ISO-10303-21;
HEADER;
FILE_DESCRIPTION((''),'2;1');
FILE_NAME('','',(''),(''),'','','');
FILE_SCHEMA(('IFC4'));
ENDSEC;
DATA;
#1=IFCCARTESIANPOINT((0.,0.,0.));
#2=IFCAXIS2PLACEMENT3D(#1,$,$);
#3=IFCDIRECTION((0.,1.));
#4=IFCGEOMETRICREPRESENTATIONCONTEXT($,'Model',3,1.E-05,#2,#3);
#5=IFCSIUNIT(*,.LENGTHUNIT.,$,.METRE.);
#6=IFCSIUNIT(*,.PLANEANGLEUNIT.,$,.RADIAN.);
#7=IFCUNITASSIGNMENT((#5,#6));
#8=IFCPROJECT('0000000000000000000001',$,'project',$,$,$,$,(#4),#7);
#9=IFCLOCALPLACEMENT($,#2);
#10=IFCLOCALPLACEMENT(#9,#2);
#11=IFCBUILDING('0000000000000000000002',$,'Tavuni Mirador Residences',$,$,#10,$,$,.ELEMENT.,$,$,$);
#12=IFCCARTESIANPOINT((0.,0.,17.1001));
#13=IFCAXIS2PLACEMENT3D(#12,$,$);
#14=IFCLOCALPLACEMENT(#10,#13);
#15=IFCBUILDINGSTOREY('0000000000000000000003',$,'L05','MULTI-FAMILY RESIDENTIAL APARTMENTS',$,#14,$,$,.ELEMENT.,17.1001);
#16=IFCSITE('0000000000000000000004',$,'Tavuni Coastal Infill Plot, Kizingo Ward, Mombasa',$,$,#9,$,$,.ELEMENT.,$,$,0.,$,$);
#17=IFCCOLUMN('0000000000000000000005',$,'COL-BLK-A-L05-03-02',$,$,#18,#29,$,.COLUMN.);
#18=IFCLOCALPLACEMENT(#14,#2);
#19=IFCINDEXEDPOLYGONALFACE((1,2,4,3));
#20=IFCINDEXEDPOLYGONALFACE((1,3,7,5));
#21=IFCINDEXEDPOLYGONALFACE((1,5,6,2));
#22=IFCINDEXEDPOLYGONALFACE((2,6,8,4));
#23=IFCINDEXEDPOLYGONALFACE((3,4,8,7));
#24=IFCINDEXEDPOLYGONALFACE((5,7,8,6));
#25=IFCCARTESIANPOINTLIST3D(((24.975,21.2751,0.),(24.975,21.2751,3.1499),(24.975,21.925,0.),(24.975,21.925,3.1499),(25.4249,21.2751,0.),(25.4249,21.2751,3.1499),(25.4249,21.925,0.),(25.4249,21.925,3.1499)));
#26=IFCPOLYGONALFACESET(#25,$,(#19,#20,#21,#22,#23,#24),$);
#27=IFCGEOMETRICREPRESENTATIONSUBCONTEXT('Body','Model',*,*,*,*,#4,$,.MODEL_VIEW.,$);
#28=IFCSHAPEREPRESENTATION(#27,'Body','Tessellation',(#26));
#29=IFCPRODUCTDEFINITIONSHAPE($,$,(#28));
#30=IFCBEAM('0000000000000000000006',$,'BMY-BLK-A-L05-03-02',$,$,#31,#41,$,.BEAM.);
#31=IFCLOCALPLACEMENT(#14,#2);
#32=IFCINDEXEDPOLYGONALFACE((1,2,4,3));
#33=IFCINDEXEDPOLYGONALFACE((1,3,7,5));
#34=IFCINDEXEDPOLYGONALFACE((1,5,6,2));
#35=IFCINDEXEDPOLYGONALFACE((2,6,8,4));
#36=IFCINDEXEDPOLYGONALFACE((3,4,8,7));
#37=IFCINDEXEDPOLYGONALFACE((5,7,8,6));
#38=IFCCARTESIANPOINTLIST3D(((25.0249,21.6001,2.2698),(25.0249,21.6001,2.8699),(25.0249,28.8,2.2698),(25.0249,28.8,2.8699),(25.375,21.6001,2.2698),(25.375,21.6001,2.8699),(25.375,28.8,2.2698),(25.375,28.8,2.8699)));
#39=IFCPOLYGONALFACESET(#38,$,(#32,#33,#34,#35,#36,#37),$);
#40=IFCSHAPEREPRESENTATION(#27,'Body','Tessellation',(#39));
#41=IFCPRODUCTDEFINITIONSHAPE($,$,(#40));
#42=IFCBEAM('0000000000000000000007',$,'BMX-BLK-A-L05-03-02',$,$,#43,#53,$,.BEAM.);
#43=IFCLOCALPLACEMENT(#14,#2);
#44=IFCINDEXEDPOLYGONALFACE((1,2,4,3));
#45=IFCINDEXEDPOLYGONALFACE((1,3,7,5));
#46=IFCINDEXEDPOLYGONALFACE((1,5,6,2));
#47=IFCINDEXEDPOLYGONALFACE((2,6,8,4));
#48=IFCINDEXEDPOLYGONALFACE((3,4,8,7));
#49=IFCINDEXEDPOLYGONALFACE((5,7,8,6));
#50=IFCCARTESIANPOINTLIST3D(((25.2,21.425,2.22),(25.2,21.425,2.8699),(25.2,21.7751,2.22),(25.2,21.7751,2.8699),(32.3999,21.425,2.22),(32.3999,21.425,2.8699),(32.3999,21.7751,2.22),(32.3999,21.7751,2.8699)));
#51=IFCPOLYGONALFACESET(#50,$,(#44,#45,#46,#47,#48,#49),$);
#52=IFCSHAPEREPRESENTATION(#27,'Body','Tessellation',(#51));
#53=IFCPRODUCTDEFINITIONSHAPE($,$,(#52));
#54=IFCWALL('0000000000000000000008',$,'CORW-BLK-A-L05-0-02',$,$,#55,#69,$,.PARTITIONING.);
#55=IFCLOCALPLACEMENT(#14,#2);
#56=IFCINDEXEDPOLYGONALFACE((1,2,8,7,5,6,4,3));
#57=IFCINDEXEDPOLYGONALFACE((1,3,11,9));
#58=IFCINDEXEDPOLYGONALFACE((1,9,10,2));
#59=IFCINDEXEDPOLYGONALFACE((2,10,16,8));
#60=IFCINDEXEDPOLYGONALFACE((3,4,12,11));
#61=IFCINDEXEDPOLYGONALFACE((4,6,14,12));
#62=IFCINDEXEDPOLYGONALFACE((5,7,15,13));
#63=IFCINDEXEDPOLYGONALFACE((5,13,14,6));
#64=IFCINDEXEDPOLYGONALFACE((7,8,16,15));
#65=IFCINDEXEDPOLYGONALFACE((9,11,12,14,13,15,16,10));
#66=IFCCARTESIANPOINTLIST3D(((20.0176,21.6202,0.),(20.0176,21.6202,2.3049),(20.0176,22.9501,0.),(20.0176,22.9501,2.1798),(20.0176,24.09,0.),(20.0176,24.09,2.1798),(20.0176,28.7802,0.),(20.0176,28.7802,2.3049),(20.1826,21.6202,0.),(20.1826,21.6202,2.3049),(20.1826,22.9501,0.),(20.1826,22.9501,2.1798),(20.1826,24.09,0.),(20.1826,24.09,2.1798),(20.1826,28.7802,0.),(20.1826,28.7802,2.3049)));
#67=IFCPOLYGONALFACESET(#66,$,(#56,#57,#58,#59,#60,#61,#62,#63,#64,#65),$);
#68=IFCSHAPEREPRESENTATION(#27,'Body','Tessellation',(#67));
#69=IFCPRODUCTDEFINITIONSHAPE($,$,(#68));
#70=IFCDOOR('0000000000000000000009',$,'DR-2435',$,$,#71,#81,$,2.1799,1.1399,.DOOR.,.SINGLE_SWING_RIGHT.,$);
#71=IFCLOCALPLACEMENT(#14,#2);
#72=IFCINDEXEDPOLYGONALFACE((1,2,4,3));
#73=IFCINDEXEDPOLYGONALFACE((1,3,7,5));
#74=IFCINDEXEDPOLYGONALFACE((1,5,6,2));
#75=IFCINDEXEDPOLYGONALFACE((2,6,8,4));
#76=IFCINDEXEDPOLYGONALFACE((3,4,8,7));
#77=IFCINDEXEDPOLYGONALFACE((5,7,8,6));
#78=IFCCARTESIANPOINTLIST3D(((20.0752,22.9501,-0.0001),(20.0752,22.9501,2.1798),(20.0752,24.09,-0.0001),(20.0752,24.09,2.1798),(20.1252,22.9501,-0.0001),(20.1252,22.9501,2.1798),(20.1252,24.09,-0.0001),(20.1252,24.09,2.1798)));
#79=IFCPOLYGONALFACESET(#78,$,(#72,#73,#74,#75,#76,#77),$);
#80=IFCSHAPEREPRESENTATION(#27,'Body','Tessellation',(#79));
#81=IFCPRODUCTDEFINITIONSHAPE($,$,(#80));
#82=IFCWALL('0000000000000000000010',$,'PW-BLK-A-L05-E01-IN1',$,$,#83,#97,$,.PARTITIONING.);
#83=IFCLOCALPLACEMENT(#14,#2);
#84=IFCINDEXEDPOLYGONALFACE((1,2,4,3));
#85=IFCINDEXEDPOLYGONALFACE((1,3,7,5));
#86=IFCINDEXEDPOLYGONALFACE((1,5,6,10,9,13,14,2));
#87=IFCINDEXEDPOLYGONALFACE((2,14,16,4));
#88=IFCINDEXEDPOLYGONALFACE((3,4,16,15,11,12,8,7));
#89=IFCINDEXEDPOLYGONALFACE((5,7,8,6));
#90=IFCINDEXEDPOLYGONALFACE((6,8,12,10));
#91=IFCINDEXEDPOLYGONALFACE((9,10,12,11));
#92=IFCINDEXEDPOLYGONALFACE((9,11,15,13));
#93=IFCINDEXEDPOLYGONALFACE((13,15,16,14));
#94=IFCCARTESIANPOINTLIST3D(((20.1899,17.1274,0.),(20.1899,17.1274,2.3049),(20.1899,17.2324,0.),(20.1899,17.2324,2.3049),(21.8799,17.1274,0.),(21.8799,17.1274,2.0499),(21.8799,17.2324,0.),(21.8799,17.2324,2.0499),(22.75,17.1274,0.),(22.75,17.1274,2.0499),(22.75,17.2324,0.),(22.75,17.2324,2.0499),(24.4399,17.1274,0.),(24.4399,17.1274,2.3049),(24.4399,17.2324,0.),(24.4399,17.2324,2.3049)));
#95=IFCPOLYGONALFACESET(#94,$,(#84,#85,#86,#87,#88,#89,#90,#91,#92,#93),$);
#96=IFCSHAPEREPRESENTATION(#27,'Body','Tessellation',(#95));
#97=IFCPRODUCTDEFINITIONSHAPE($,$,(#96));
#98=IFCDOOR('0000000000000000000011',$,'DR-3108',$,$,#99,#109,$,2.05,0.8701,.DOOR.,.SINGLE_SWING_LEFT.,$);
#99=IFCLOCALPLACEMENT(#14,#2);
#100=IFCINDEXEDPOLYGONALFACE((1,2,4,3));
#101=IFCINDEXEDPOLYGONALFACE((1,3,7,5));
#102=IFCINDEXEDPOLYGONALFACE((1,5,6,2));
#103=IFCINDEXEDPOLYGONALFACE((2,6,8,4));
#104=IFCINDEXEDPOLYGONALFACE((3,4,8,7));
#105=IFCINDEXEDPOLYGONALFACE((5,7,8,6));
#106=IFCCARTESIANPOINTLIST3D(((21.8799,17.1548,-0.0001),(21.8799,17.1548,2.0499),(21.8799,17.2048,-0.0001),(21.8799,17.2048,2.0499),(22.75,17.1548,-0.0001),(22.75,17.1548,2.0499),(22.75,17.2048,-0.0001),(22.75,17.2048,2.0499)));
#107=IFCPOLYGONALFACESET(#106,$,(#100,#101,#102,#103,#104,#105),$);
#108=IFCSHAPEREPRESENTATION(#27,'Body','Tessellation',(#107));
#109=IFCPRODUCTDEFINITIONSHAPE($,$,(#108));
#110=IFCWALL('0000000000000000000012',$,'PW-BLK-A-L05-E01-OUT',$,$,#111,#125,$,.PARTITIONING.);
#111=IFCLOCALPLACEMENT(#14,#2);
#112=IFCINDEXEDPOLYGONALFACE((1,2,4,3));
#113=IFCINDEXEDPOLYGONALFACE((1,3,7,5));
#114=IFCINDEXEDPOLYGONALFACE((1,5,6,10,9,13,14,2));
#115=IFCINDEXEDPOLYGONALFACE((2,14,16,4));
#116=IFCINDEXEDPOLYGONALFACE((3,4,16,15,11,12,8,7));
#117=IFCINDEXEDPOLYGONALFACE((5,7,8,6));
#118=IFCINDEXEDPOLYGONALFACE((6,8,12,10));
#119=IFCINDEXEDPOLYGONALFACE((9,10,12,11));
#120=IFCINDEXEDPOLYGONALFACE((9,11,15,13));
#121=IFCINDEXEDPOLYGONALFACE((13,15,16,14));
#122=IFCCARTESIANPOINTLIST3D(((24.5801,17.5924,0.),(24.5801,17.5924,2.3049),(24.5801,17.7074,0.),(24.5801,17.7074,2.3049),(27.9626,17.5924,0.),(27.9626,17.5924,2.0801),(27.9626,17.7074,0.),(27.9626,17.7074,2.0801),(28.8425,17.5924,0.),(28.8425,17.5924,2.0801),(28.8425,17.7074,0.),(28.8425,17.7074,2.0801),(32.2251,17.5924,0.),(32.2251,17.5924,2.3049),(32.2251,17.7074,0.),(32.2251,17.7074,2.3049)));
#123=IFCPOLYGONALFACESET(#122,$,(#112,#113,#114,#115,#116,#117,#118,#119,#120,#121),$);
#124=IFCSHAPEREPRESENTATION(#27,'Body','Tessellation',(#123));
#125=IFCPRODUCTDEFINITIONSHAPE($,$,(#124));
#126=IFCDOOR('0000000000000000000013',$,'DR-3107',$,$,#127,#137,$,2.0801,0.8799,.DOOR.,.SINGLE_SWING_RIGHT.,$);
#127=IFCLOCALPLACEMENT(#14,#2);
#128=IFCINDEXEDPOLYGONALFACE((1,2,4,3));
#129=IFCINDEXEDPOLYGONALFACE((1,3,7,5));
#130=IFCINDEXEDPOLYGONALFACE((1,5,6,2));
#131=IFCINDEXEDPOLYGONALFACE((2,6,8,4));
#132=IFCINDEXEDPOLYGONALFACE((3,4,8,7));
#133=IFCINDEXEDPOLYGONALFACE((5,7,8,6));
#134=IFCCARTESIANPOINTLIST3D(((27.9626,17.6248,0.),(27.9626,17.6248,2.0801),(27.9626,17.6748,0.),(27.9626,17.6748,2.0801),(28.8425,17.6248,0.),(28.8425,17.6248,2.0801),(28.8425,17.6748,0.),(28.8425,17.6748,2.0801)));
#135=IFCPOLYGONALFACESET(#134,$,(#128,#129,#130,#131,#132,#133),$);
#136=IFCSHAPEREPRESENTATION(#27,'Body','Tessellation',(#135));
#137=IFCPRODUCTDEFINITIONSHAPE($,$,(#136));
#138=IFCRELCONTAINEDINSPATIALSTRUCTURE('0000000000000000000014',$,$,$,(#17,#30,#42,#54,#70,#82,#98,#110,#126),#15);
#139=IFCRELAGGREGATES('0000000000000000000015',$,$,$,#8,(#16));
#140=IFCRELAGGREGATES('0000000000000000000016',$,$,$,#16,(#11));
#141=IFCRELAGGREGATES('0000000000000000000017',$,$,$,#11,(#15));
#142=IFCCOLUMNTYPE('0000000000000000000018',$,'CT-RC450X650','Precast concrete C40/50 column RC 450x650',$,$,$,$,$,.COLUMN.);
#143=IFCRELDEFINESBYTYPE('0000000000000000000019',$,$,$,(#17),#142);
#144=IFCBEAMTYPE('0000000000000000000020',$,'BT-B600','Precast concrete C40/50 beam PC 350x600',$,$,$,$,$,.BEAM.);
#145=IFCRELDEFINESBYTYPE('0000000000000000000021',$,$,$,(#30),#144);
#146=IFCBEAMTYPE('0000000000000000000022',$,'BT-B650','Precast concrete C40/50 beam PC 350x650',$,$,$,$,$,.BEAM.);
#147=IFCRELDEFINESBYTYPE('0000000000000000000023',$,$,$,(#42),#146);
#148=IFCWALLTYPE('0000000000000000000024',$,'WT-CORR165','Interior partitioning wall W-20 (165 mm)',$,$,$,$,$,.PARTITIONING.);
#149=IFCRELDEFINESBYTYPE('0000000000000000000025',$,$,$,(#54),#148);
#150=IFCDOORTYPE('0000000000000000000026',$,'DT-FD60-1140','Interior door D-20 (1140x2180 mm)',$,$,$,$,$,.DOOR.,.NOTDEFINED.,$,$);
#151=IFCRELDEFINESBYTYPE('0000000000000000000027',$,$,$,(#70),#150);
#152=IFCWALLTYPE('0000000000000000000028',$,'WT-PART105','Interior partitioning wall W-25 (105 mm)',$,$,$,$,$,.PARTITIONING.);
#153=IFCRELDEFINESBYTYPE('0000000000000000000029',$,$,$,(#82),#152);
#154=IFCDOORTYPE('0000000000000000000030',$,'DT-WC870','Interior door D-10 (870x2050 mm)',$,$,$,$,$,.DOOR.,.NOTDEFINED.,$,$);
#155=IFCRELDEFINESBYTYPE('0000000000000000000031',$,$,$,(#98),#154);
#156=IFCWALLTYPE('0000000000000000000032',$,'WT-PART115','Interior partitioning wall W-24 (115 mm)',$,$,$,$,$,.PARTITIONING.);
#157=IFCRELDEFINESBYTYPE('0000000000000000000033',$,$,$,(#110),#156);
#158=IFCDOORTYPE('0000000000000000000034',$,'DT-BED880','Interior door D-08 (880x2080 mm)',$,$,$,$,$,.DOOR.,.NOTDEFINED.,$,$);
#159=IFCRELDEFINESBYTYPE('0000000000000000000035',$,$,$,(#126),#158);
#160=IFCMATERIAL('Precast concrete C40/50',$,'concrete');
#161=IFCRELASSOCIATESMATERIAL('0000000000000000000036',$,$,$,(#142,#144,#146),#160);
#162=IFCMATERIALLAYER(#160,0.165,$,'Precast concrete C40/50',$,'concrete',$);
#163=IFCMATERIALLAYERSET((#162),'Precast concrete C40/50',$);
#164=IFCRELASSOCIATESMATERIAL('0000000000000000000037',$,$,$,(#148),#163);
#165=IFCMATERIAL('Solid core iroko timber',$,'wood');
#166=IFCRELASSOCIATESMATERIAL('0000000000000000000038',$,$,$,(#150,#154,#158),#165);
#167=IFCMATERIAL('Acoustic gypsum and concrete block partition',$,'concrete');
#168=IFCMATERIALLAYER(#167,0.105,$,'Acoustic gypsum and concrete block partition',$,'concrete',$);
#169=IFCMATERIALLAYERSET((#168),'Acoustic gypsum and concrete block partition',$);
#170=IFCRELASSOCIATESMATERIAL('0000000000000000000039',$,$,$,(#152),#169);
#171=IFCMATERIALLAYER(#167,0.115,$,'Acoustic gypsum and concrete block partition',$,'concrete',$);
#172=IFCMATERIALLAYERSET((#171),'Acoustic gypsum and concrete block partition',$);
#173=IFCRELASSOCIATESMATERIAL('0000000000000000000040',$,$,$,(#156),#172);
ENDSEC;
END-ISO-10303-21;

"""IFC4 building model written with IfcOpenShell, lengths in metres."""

from ifc_helpers import new_model, si_unit, direction, frame, frame_2d, origin, origin_2d, place, context, subcontext, project, spatial, rectangle, extrude, material, layer, layer_set, material_profile, profile_set, type_object, element, fill, save


model = new_model("IFC4")

# Units and contexts
model_context = context("Model", 3, precision=1e-05, world=origin(), true_north=direction((0.0, 1.0)))
body_context = subcontext(model_context, "Body", "Model", "MODEL_VIEW")
ifc_project = project(units=[si_unit("LENGTHUNIT", "METRE"), si_unit("PLANEANGLEUNIT", "RADIAN")], contexts=[model_context])

# Site, building, storey
site_placement = place(None, origin())
site = spatial("IfcSite", under=ifc_project, at=site_placement, Name="Tavuni Coastal Infill Plot, Kizingo Ward, Mombasa", CompositionType="ELEMENT", RefElevation=0.0)
building_placement = place(site_placement, origin())
building = spatial("IfcBuilding", under=site, at=building_placement, Name="Tavuni Mirador Residences", CompositionType="ELEMENT")
storey_placement = place(building_placement, frame((0.0, 0.0, 17.1001)))
storey = spatial("IfcBuildingStorey", under=building, at=storey_placement, Name="L05", Description="MULTI-FAMILY RESIDENTIAL APARTMENTS", CompositionType="ELEMENT", Elevation=17.1001)

# Column
ifc_material_1 = material(Name="Precast concrete C40/50", Category="concrete")
ifc_material_profile_1 = material_profile(ifc_material_1, rectangle(XDim=0.45, YDim=0.6499, at=origin_2d()), Name="RC 450x650", Category="concrete")
ifc_profile_set_1 = profile_set([ifc_material_profile_1], Name="Precast concrete C40/50")
column_type = type_object("IfcColumnType", Name="CT-RC450X650", Description="Precast concrete C40/50 column RC 450x650", PredefinedType="COLUMN", material=ifc_profile_set_1)
column_placement = place(storey_placement, frame((25.2, 21.6001, 0.0), z_axis=(0.0, 0.0, 1.0), x_axis=(1.0, 0.0, 0.0)))
element("IfcColumn", 1, at=column_placement, inside=storey, type_object=column_type, Name="COL-BLK-A-L05-03-02", PredefinedType="COLUMN", context=body_context, shape_type="SweptSolid", body=[
    extrude(rectangle(XDim=0.45, YDim=0.6499, at=origin_2d()), origin(), (0.0, 0.0, 1.0), 3.1499),
])

# Beams
ifc_material_profile_2 = material_profile(ifc_material_1, rectangle(XDim=0.3501, YDim=0.6001, at=origin_2d()), Name="PC 350x600", Category="concrete")
ifc_profile_set_2 = profile_set([ifc_material_profile_2], Name="Precast concrete C40/50")
beam_type_1 = type_object("IfcBeamType", Name="BT-B600", Description="Precast concrete C40/50 beam PC 350x600", PredefinedType="BEAM", material=ifc_profile_set_2)
beam_1_placement = place(storey_placement, frame((25.2, 21.6001, 2.5698), z_axis=(0.0, 1.0, 0.0), x_axis=(-1.0, 0.0, 0.0)))
element("IfcBeam", 2, at=beam_1_placement, inside=storey, type_object=beam_type_1, Name="BMY-BLK-A-L05-03-02", PredefinedType="BEAM", context=body_context, shape_type="SweptSolid", body=[
    extrude(rectangle(XDim=0.3501, YDim=0.6001, at=origin_2d()), origin(), (0.0, 0.0, 1.0), 7.2),
])
ifc_material_profile_3 = material_profile(ifc_material_1, rectangle(XDim=0.3501, YDim=0.6499, at=origin_2d()), Name="PC 350x650", Category="concrete")
ifc_profile_set_3 = profile_set([ifc_material_profile_3], Name="Precast concrete C40/50")
beam_type_2 = type_object("IfcBeamType", Name="BT-B650", Description="Precast concrete C40/50 beam PC 350x650", PredefinedType="BEAM", material=ifc_profile_set_3)
beam_2_placement = place(storey_placement, frame((25.2, 21.6001, 2.5449), z_axis=(1.0, 0.0, 0.0), x_axis=(0.0, 1.0, 0.0)))
element("IfcBeam", 3, at=beam_2_placement, inside=storey, type_object=beam_type_2, Name="BMX-BLK-A-L05-03-02", PredefinedType="BEAM", context=body_context, shape_type="SweptSolid", body=[
    extrude(rectangle(XDim=0.3501, YDim=0.6499, at=origin_2d()), origin(), (0.0, 0.0, 1.0), 7.2),
])

# Walls, openings, doors
ifc_layer_1 = layer(ifc_material_1, 0.165, Name="Precast concrete C40/50", Category="concrete")
ifc_layer_set_1 = layer_set([ifc_layer_1], Name="Precast concrete C40/50")
wall_type_1 = type_object("IfcWallType", Name="WT-CORR165", Description="Interior partitioning wall W-20 (165 mm)", PredefinedType="PARTITIONING", material=ifc_layer_set_1)
wall_1_placement = place(storey_placement, frame((20.1001, 21.6201, 0.0), z_axis=(0.0, 0.0, 1.0), x_axis=(0.0, 1.0, 0.0)))
wall_1 = element("IfcWall", 4, at=wall_1_placement, inside=storey, type_object=wall_type_1, Name="CORW-BLK-A-L05-0-02", PredefinedType="PARTITIONING", context=body_context, shape_type="SweptSolid", body=[
    extrude(rectangle(XDim=7.1599, YDim=0.165, at=frame_2d((3.5801, 0.0))), origin(), (0.0, 0.0, 1.0), 2.3049),
])
opening_1_placement = place(wall_1_placement, frame((1.3301, 0.0, 0.0)))
opening_1 = element("IfcOpeningElement", 5, at=opening_1_placement, cuts=wall_1, PredefinedType="OPENING", context=body_context, shape_type="SweptSolid", body=[
    extrude(rectangle(XDim=1.1399, YDim=2.1799, at=frame_2d((0.5698, 1.0898))), frame((0.0, 0.0925, 0.0), z_axis=(0.0, -1.0, 0.0), x_axis=(1.0, 0.0, 0.0)), (0.0, 0.0, 1.0), 0.1851),
])
ifc_material_2 = material(Name="Solid core iroko timber", Category="wood")
door_type_1 = type_object("IfcDoorType", Name="DT-FD60-1140", Description="Interior door D-20 (1140x2180 mm)", OperationType="NOTDEFINED", PredefinedType="DOOR", material=ifc_material_2)
door_1_placement = place(opening_1_placement, origin())
door_1 = element("IfcDoor", 6, at=door_1_placement, inside=storey, type_object=door_type_1, Name="DR-2435", OperationType="SINGLE_SWING_RIGHT", OverallHeight=2.1799, OverallWidth=1.1399, PredefinedType="DOOR", context=body_context, shape_type="SweptSolid", body=[
    extrude(rectangle(XDim=1.1399, YDim=2.1799, at=frame_2d((0.5698, 1.0898))), frame((0.0, 0.0249, 0.0), z_axis=(0.0, -1.0, 0.0), x_axis=(1.0, 0.0, 0.0)), (0.0, 0.0, 1.0), 0.05),
])
fill(opening_1, door_1)
ifc_material_3 = material(Name="Acoustic gypsum and concrete block partition", Category="concrete")
ifc_layer_2 = layer(ifc_material_3, 0.105, Name="Acoustic gypsum and concrete block partition", Category="concrete")
ifc_layer_set_2 = layer_set([ifc_layer_2], Name="Acoustic gypsum and concrete block partition")
wall_type_2 = type_object("IfcWallType", Name="WT-PART105", Description="Interior partitioning wall W-25 (105 mm)", PredefinedType="PARTITIONING", material=ifc_layer_set_2)
wall_2_placement = place(storey_placement, frame((20.1899, 17.1799, 0.0), z_axis=(0.0, 0.0, 1.0), x_axis=(1.0, 0.0, 0.0)))
wall_2 = element("IfcWall", 7, at=wall_2_placement, inside=storey, type_object=wall_type_2, Name="PW-BLK-A-L05-E01-IN1", PredefinedType="PARTITIONING", context=body_context, shape_type="SweptSolid", body=[
    extrude(rectangle(XDim=4.25, YDim=0.105, at=frame_2d((2.125, 0.0))), origin(), (0.0, 0.0, 1.0), 2.3049),
])
opening_2_placement = place(wall_2_placement, frame((1.6899, 0.0, 0.0)))
opening_2 = element("IfcOpeningElement", 8, at=opening_2_placement, cuts=wall_2, PredefinedType="OPENING", context=body_context, shape_type="SweptSolid", body=[
    extrude(rectangle(XDim=0.8701, YDim=2.05, at=frame_2d((0.4351, 1.0249))), frame((0.0, 0.0625, 0.0), z_axis=(0.0, -1.0, 0.0), x_axis=(1.0, 0.0, 0.0)), (0.0, 0.0, 1.0), 0.125),
])
door_type_2 = type_object("IfcDoorType", Name="DT-WC870", Description="Interior door D-10 (870x2050 mm)", OperationType="NOTDEFINED", PredefinedType="DOOR", material=ifc_material_2)
door_2_placement = place(opening_2_placement, origin())
door_2 = element("IfcDoor", 9, at=door_2_placement, inside=storey, type_object=door_type_2, Name="DR-3108", OperationType="SINGLE_SWING_LEFT", OverallHeight=2.05, OverallWidth=0.8701, PredefinedType="DOOR", context=body_context, shape_type="SweptSolid", body=[
    extrude(rectangle(XDim=0.8701, YDim=2.05, at=frame_2d((0.4351, 1.0249))), frame((0.0, 0.0249, 0.0), z_axis=(0.0, -1.0, 0.0), x_axis=(1.0, 0.0, 0.0)), (0.0, 0.0, 1.0), 0.05),
])
fill(opening_2, door_2)
ifc_layer_3 = layer(ifc_material_3, 0.115, Name="Acoustic gypsum and concrete block partition", Category="concrete")
ifc_layer_set_3 = layer_set([ifc_layer_3], Name="Acoustic gypsum and concrete block partition")
wall_type_3 = type_object("IfcWallType", Name="WT-PART115", Description="Interior partitioning wall W-24 (115 mm)", PredefinedType="PARTITIONING", material=ifc_layer_set_3)
wall_3_placement = place(storey_placement, frame((24.5801, 17.6499, 0.0), z_axis=(0.0, 0.0, 1.0), x_axis=(1.0, 0.0, 0.0)))
wall_3 = element("IfcWall", 10, at=wall_3_placement, inside=storey, type_object=wall_type_3, Name="PW-BLK-A-L05-E01-OUT", PredefinedType="PARTITIONING", context=body_context, shape_type="SweptSolid", body=[
    extrude(rectangle(XDim=7.645, YDim=0.115, at=frame_2d((3.8225, 0.0))), origin(), (0.0, 0.0, 1.0), 2.3049),
])
opening_3_placement = place(wall_3_placement, frame((3.3826, 0.0, 0.0)))
opening_3 = element("IfcOpeningElement", 11, at=opening_3_placement, cuts=wall_3, PredefinedType="OPENING", context=body_context, shape_type="SweptSolid", body=[
    extrude(rectangle(XDim=0.8799, YDim=2.0801, at=frame_2d((0.4399, 1.04))), frame((0.0, 0.0674, 0.0), z_axis=(0.0, -1.0, 0.0), x_axis=(1.0, 0.0, 0.0)), (0.0, 0.0, 1.0), 0.135),
])
door_type_3 = type_object("IfcDoorType", Name="DT-BED880", Description="Interior door D-08 (880x2080 mm)", OperationType="NOTDEFINED", PredefinedType="DOOR", material=ifc_material_2)
door_3_placement = place(opening_3_placement, origin())
door_3 = element("IfcDoor", 12, at=door_3_placement, inside=storey, type_object=door_type_3, Name="DR-3107", OperationType="SINGLE_SWING_RIGHT", OverallHeight=2.0801, OverallWidth=0.8799, PredefinedType="DOOR", context=body_context, shape_type="SweptSolid", body=[
    extrude(rectangle(XDim=0.8799, YDim=2.0801, at=frame_2d((0.4399, 1.04))), frame((0.0, 0.0249, 0.0), z_axis=(0.0, -1.0, 0.0), x_axis=(1.0, 0.0, 0.0)), (0.0, 0.0, 1.0), 0.05),
])
fill(opening_3, door_3)

save(model, "model.ifc")
